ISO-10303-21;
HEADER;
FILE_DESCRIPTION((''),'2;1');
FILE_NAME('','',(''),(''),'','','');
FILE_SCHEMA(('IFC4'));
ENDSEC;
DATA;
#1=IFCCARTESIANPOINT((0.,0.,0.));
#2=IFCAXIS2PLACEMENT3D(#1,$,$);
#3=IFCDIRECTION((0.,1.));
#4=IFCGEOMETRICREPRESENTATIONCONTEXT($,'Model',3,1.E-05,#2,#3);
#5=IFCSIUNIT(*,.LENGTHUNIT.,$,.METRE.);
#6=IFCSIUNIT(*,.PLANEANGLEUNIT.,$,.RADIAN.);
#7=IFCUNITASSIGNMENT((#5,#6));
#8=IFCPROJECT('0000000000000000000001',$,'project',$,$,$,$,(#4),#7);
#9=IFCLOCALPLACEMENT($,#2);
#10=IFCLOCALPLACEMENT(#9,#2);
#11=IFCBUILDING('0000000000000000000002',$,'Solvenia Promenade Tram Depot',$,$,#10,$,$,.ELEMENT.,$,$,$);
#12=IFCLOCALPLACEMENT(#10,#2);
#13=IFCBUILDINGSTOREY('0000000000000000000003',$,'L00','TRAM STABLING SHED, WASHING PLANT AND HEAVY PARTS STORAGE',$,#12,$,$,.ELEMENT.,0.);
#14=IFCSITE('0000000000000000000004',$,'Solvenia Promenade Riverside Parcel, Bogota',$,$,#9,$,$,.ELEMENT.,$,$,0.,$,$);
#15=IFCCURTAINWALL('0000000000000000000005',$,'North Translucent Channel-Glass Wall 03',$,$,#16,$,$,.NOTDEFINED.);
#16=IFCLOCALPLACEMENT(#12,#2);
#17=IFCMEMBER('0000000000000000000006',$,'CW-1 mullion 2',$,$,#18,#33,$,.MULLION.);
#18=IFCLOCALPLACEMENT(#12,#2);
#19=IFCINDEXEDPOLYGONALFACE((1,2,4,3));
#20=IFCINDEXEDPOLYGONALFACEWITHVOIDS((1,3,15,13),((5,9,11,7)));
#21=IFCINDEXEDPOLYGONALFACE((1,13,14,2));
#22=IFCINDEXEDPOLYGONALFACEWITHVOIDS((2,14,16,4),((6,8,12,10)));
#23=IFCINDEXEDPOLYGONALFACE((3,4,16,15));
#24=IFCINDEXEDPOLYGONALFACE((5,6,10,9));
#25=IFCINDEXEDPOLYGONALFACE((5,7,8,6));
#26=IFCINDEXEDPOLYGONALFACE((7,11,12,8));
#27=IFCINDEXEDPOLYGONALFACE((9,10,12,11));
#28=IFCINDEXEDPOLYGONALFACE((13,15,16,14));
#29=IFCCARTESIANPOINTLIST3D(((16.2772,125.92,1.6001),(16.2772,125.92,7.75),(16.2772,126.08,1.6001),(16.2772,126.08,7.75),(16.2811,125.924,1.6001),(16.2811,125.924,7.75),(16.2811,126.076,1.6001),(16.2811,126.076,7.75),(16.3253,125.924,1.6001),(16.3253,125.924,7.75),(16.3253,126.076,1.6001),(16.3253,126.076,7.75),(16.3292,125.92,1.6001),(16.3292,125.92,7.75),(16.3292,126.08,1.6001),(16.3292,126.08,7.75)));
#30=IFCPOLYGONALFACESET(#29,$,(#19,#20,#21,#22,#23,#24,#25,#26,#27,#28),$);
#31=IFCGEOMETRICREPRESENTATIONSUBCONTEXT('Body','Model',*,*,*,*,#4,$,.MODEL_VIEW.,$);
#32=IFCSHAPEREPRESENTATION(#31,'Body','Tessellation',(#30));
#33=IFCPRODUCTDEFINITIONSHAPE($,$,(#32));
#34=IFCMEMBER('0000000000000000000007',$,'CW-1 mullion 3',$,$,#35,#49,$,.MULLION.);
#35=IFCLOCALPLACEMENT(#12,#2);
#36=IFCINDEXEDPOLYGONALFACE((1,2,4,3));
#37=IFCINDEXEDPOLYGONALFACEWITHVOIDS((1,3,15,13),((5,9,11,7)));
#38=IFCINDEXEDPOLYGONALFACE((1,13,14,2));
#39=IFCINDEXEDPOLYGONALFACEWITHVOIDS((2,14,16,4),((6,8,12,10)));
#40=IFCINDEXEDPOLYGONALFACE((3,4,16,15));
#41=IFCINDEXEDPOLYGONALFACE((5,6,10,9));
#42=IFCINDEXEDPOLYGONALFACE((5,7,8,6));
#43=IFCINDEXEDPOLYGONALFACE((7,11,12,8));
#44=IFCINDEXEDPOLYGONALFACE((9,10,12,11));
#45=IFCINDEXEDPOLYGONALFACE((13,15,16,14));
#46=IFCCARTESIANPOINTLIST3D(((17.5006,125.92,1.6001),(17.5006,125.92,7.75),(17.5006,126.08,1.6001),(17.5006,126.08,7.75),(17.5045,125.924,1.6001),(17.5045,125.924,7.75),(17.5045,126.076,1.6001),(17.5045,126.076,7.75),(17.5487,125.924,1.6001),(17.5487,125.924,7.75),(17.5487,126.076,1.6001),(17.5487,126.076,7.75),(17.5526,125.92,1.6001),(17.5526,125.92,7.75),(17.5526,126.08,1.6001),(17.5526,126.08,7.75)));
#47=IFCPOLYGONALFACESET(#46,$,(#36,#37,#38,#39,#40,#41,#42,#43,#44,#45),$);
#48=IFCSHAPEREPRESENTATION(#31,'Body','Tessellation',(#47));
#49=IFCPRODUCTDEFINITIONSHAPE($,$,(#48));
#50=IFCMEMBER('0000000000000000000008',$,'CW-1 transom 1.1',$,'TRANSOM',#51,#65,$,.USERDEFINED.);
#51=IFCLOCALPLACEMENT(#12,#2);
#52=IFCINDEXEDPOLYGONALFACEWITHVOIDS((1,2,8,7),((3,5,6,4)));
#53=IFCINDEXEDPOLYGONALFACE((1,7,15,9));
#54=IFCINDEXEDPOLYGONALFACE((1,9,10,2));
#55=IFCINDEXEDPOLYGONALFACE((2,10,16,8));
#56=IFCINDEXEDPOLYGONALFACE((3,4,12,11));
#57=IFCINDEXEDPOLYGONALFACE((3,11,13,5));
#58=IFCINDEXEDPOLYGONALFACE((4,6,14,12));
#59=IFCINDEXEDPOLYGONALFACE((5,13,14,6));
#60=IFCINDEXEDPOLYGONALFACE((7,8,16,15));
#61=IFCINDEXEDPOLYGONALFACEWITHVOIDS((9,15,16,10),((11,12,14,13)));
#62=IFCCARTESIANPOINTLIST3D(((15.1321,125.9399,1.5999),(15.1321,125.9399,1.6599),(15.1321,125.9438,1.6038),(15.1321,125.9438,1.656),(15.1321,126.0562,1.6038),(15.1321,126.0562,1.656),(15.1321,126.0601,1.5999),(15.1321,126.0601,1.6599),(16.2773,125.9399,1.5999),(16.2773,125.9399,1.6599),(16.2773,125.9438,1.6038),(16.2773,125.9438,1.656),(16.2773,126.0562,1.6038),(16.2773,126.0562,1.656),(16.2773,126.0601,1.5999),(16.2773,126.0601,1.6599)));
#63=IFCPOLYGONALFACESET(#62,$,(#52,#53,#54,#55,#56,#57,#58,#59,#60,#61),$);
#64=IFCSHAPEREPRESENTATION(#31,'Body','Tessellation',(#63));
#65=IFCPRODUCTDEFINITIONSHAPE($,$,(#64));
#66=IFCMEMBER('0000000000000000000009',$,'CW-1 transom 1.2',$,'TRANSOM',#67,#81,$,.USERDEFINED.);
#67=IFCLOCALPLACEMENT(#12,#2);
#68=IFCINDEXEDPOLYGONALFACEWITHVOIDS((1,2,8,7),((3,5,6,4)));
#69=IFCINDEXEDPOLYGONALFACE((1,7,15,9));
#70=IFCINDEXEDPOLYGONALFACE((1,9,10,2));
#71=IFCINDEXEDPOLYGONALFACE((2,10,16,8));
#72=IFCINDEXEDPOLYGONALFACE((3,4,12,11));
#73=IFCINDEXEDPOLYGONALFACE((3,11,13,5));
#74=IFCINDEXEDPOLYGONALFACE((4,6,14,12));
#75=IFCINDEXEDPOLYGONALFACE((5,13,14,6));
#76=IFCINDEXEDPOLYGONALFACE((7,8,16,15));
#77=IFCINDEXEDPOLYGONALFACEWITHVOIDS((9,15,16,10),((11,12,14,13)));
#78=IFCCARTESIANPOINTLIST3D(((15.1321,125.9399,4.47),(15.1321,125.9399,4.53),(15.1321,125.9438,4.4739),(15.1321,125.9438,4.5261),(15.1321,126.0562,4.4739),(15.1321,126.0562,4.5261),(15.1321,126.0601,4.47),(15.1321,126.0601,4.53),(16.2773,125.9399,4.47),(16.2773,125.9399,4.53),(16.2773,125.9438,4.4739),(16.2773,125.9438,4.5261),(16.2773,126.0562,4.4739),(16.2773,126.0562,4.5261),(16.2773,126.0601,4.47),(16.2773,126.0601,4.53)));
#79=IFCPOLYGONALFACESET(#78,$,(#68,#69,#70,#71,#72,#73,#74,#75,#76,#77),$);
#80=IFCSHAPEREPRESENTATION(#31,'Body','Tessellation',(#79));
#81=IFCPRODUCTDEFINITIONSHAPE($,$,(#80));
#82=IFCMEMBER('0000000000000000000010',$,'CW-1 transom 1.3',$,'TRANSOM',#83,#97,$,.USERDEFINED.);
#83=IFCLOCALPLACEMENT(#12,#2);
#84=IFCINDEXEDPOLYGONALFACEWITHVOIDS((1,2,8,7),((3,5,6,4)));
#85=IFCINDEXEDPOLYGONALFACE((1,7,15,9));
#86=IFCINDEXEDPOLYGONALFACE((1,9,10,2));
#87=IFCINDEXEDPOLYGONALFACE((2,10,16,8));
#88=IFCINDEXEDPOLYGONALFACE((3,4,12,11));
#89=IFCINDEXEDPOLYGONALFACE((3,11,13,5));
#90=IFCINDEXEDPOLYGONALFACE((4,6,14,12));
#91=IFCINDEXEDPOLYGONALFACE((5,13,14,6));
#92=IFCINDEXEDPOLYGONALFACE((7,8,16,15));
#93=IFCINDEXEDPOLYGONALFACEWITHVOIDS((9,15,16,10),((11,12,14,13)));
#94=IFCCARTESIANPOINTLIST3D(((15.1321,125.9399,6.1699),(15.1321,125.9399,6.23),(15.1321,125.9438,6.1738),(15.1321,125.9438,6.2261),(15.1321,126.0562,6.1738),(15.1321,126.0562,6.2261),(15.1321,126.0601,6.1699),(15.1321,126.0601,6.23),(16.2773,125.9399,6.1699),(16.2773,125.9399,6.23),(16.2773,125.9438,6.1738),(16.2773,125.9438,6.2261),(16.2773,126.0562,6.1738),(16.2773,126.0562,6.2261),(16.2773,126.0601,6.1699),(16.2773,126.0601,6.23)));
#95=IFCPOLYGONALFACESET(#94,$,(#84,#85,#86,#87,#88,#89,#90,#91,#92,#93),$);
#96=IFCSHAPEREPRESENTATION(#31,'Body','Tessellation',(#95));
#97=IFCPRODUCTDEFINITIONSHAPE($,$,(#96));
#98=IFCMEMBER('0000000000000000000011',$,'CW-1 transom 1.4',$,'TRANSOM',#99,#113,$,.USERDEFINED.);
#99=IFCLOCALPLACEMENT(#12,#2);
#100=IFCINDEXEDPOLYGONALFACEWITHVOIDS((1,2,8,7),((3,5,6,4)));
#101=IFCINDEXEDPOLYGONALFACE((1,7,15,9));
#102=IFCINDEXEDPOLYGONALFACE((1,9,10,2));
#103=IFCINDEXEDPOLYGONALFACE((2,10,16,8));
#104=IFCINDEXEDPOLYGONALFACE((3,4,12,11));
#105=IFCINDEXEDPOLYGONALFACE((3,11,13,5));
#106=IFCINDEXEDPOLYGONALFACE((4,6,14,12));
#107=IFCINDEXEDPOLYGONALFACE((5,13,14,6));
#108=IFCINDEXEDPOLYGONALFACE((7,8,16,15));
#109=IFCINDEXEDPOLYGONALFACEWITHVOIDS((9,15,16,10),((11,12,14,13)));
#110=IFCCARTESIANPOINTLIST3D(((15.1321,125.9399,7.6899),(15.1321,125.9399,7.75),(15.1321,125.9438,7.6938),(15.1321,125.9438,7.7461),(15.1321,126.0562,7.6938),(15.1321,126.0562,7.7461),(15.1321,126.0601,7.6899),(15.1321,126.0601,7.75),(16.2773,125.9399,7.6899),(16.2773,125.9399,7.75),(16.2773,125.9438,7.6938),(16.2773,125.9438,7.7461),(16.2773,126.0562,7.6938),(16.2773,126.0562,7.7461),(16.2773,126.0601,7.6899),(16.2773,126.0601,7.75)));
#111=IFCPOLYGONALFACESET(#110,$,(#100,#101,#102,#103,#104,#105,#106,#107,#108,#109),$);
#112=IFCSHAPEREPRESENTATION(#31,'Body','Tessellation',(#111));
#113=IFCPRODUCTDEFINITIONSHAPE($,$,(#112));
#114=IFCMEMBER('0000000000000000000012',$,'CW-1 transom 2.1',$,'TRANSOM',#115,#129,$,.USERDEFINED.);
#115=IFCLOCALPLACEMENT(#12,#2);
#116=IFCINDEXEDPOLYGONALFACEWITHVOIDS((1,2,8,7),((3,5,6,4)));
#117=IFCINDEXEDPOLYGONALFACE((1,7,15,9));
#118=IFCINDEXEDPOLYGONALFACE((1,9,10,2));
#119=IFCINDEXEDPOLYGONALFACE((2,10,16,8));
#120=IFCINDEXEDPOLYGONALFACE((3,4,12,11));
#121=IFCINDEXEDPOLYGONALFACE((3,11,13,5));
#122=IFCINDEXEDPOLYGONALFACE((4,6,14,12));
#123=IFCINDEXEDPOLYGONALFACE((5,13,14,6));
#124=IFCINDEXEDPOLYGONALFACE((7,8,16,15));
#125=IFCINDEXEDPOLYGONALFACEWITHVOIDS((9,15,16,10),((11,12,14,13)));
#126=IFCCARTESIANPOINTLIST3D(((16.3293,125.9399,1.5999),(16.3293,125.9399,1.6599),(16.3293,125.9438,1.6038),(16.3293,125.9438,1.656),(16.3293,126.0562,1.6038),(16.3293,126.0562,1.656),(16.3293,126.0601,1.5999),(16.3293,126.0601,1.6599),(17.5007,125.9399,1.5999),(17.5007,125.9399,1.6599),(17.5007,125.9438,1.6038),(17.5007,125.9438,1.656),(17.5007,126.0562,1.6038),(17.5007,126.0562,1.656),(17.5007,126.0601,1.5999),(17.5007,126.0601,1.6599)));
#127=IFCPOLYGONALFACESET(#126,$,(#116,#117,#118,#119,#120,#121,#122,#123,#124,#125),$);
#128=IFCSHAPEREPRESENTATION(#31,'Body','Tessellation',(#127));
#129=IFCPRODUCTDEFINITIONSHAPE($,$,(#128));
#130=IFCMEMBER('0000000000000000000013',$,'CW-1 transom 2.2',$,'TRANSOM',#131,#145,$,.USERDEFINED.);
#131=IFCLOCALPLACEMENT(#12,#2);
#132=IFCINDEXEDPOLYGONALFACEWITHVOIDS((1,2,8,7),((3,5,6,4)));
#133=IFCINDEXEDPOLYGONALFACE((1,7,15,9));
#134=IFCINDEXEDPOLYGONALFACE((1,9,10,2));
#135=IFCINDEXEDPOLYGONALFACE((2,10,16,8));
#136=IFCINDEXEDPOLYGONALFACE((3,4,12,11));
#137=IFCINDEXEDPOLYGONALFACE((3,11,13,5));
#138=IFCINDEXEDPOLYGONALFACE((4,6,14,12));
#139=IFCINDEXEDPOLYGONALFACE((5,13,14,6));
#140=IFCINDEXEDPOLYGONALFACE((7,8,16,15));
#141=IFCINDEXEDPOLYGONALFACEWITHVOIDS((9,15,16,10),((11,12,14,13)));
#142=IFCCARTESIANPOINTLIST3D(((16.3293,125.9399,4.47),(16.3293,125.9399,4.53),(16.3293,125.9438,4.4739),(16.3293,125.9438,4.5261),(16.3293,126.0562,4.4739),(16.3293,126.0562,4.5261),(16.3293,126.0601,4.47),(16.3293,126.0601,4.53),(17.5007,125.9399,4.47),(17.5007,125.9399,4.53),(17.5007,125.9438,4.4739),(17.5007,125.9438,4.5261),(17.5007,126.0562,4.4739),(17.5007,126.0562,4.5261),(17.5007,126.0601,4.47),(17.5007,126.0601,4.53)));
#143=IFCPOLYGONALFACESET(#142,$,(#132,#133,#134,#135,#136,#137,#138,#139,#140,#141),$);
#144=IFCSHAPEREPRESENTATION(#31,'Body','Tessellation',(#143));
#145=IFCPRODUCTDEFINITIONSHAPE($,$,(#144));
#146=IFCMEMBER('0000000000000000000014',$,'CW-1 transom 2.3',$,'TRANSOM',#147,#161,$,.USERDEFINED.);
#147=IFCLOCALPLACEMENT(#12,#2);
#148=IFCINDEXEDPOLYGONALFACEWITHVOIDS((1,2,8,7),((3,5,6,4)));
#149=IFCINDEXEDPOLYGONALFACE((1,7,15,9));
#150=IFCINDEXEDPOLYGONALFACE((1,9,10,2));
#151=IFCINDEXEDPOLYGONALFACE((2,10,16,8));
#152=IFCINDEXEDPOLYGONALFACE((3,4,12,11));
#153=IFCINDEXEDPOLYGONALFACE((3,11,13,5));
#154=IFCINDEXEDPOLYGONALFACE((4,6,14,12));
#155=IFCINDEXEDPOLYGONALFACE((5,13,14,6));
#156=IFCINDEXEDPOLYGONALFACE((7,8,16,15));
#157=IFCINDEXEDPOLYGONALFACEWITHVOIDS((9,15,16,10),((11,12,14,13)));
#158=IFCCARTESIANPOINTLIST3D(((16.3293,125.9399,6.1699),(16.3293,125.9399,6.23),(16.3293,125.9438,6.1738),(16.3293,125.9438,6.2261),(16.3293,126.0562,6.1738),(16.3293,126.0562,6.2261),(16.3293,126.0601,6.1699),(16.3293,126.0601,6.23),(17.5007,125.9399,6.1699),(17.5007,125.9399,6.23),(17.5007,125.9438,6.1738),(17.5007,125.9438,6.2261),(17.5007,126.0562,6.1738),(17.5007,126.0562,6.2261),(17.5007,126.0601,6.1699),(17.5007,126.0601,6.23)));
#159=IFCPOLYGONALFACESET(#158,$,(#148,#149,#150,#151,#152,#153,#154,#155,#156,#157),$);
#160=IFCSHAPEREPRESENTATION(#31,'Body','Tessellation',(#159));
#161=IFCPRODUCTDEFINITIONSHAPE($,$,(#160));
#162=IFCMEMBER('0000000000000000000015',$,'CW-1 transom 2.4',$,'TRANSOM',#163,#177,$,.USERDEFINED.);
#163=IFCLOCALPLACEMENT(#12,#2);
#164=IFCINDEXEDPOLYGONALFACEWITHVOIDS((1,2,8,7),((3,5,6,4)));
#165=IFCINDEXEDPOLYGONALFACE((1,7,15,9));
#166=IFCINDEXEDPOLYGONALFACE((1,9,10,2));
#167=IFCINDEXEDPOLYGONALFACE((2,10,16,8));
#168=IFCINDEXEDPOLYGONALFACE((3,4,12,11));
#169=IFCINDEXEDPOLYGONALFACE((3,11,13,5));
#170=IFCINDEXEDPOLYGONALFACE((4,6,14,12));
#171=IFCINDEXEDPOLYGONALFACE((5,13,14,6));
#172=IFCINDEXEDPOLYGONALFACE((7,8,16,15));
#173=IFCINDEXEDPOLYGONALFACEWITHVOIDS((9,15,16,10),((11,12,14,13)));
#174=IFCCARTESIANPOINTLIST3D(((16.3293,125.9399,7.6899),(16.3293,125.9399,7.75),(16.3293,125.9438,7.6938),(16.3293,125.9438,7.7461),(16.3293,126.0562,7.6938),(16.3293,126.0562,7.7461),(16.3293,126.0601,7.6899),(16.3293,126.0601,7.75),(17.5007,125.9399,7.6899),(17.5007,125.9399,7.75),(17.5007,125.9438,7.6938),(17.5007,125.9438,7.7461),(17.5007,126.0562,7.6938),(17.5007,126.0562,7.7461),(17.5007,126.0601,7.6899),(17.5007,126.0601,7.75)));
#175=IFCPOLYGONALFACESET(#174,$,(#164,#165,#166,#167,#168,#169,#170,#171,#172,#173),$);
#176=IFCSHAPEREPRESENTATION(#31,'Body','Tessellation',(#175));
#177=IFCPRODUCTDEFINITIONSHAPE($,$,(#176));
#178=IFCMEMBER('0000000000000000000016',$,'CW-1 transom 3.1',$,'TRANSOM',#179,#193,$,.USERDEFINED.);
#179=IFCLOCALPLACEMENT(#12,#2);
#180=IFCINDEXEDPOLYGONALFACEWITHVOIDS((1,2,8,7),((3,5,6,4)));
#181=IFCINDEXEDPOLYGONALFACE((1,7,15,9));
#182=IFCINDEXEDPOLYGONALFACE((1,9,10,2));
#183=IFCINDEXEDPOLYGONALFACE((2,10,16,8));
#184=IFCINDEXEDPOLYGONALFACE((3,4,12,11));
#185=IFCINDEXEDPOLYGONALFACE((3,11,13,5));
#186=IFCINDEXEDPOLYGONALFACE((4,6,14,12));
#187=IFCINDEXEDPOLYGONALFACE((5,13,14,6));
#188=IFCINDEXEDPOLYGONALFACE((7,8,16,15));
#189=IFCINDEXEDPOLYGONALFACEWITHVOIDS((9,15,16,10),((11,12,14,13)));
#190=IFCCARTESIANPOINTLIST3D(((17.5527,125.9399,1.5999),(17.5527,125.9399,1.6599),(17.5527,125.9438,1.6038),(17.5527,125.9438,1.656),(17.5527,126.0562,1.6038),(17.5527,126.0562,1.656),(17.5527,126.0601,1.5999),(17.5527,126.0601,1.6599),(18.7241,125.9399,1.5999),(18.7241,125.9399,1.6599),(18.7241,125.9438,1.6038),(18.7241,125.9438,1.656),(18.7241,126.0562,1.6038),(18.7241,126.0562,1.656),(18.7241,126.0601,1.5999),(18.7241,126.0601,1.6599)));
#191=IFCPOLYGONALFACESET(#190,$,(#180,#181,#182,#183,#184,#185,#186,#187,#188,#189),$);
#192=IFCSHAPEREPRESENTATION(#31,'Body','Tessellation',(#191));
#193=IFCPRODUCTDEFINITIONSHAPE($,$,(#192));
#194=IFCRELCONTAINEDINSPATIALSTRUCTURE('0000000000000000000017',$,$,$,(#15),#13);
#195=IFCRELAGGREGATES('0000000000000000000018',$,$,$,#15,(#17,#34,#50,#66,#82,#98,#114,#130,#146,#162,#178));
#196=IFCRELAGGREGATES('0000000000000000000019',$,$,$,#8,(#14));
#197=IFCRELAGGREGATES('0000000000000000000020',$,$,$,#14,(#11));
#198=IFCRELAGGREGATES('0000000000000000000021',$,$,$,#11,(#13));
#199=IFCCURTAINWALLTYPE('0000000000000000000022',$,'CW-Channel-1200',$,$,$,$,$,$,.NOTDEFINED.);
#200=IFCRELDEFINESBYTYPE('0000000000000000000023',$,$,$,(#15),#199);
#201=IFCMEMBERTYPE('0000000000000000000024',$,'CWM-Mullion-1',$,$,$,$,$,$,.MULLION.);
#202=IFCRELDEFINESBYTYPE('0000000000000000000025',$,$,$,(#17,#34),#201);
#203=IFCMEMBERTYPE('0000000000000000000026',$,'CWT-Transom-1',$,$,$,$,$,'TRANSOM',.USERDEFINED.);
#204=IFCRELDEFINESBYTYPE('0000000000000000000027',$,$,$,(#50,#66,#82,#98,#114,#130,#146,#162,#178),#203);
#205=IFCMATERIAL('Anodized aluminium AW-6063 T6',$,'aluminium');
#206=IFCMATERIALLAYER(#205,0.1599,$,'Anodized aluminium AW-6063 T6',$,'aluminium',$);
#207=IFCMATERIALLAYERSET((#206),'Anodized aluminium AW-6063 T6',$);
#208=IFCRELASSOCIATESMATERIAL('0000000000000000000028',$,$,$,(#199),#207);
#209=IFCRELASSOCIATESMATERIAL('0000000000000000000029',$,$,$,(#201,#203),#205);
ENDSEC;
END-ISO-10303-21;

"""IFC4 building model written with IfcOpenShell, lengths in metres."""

from ifc_helpers import new_model, si_unit, direction, frame, origin, origin_2d, place, context, subcontext, project, spatial, hollow_rectangle, extrude, material, layer, layer_set, material_profile, profile_set, type_object, element, aggregate, save


model = new_model("IFC4")

# Units and contexts
model_context = context("Model", 3, precision=1e-05, world=origin(), true_north=direction((0.0, 1.0)))
body_context = subcontext(model_context, "Body", "Model", "MODEL_VIEW")
ifc_project = project(units=[si_unit("LENGTHUNIT", "METRE"), si_unit("PLANEANGLEUNIT", "RADIAN")], contexts=[model_context])

# Site, building, storey
site_placement = place(None, origin())
site = spatial("IfcSite", under=ifc_project, at=site_placement, Name="Solvenia Promenade Riverside Parcel, Bogota", CompositionType="ELEMENT", RefElevation=0.0)
building_placement = place(site_placement, origin())
building = spatial("IfcBuilding", under=site, at=building_placement, Name="Solvenia Promenade Tram Depot", CompositionType="ELEMENT")
storey_placement = place(building_placement, origin())
storey = spatial("IfcBuildingStorey", under=building, at=storey_placement, Name="L00", Description="TRAM STABLING SHED, WASHING PLANT AND HEAVY PARTS STORAGE", CompositionType="ELEMENT", Elevation=0.0)

# Shared definitions
ifc_material_1 = material(Name="Anodized aluminium AW-6063 T6", Category="aluminium")
ifc_layer_1 = layer(ifc_material_1, 0.1599, Name="Anodized aluminium AW-6063 T6", Category="aluminium")
ifc_layer_set_1 = layer_set([ifc_layer_1], Name="Anodized aluminium AW-6063 T6")
curtain_wall_type = type_object("IfcCurtainWallType", Name="CW-Channel-1200", PredefinedType="NOTDEFINED", material=ifc_layer_set_1)
ifc_material_profile_1 = material_profile(ifc_material_1, hollow_rectangle(XDim=0.1599, YDim=0.052, WallThickness=0.0039, at=origin_2d()), Name="ALU-M1", Category="aluminium")
ifc_profile_set_1 = profile_set([ifc_material_profile_1], Name="Anodized aluminium AW-6063 T6")
member_type_1 = type_object("IfcMemberType", Name="CWM-Mullion-1", PredefinedType="MULLION", material=ifc_profile_set_1)

# Curtain wall, members
curtain_wall_1_placement = place(storey_placement, origin())
curtain_wall_1 = element("IfcCurtainWall", 1, at=curtain_wall_1_placement, inside=storey, type_object=curtain_wall_type, Name="North Translucent Channel-Glass Wall 03", PredefinedType="NOTDEFINED")
member_1_placement = place(storey_placement, frame((16.3032, 126.0, 1.6001), z_axis=(0.0, 0.0, 1.0), x_axis=(0.0, 1.0, 0.0)))
member_1 = element("IfcMember", 2, at=member_1_placement, type_object=member_type_1, Name="CW-1 mullion 2", PredefinedType="MULLION", context=body_context, shape_type="SweptSolid", body=[
    extrude(hollow_rectangle(XDim=0.1599, YDim=0.052, WallThickness=0.0039, at=origin_2d()), origin(), (0.0, 0.0, 1.0), 6.1499),
])
member_2_placement = place(storey_placement, frame((17.5266, 126.0, 1.6001), z_axis=(0.0, 0.0, 1.0), x_axis=(0.0, 1.0, 0.0)))
member_2 = element("IfcMember", 3, at=member_2_placement, type_object=member_type_1, Name="CW-1 mullion 3", PredefinedType="MULLION", context=body_context, shape_type="SweptSolid", body=[
    extrude(hollow_rectangle(XDim=0.1599, YDim=0.052, WallThickness=0.0039, at=origin_2d()), origin(), (0.0, 0.0, 1.0), 6.1499),
])
ifc_material_profile_2 = material_profile(ifc_material_1, hollow_rectangle(XDim=0.1201, YDim=0.0601, WallThickness=0.0039, at=origin_2d()), Name="ALU-T1", Category="aluminium")
ifc_profile_set_2 = profile_set([ifc_material_profile_2], Name="Anodized aluminium AW-6063 T6")
member_type_2 = type_object("IfcMemberType", Name="CWT-Transom-1", ElementType="TRANSOM", PredefinedType="USERDEFINED", material=ifc_profile_set_2)
member_3_placement = place(storey_placement, frame((15.1321, 126.0, 1.6299), z_axis=(1.0, 0.0, 0.0), x_axis=(0.0, 1.0, 0.0)))
member_3 = element("IfcMember", 4, at=member_3_placement, type_object=member_type_2, Name="CW-1 transom 1.1", ObjectType="TRANSOM", PredefinedType="USERDEFINED", context=body_context, shape_type="SweptSolid", body=[
    extrude(hollow_rectangle(XDim=0.1201, YDim=0.0601, WallThickness=0.0039, at=origin_2d()), origin(), (0.0, 0.0, 1.0), 1.1453),
])
member_4_placement = place(storey_placement, frame((15.1321, 126.0, 4.5), z_axis=(1.0, 0.0, 0.0), x_axis=(0.0, 1.0, 0.0)))
member_4 = element("IfcMember", 5, at=member_4_placement, type_object=member_type_2, Name="CW-1 transom 1.2", ObjectType="TRANSOM", PredefinedType="USERDEFINED", context=body_context, shape_type="SweptSolid", body=[
    extrude(hollow_rectangle(XDim=0.1201, YDim=0.0601, WallThickness=0.0039, at=origin_2d()), origin(), (0.0, 0.0, 1.0), 1.1453),
])
member_5_placement = place(storey_placement, frame((15.1321, 126.0, 6.2), z_axis=(1.0, 0.0, 0.0), x_axis=(0.0, 1.0, 0.0)))
member_5 = element("IfcMember", 6, at=member_5_placement, type_object=member_type_2, Name="CW-1 transom 1.3", ObjectType="TRANSOM", PredefinedType="USERDEFINED", context=body_context, shape_type="SweptSolid", body=[
    extrude(hollow_rectangle(XDim=0.1201, YDim=0.0601, WallThickness=0.0039, at=origin_2d()), origin(), (0.0, 0.0, 1.0), 1.1453),
])
member_6_placement = place(storey_placement, frame((15.1321, 126.0, 7.72), z_axis=(1.0, 0.0, 0.0), x_axis=(0.0, 1.0, 0.0)))
member_6 = element("IfcMember", 7, at=member_6_placement, type_object=member_type_2, Name="CW-1 transom 1.4", ObjectType="TRANSOM", PredefinedType="USERDEFINED", context=body_context, shape_type="SweptSolid", body=[
    extrude(hollow_rectangle(XDim=0.1201, YDim=0.0601, WallThickness=0.0039, at=origin_2d()), origin(), (0.0, 0.0, 1.0), 1.1453),
])
member_7_placement = place(storey_placement, frame((16.3293, 126.0, 1.6299), z_axis=(1.0, 0.0, 0.0), x_axis=(0.0, 1.0, 0.0)))
member_7 = element("IfcMember", 8, at=member_7_placement, type_object=member_type_2, Name="CW-1 transom 2.1", ObjectType="TRANSOM", PredefinedType="USERDEFINED", context=body_context, shape_type="SweptSolid", body=[
    extrude(hollow_rectangle(XDim=0.1201, YDim=0.0601, WallThickness=0.0039, at=origin_2d()), origin(), (0.0, 0.0, 1.0), 1.1714),
])
member_8_placement = place(storey_placement, frame((16.3293, 126.0, 4.5), z_axis=(1.0, 0.0, 0.0), x_axis=(0.0, 1.0, 0.0)))
member_8 = element("IfcMember", 9, at=member_8_placement, type_object=member_type_2, Name="CW-1 transom 2.2", ObjectType="TRANSOM", PredefinedType="USERDEFINED", context=body_context, shape_type="SweptSolid", body=[
    extrude(hollow_rectangle(XDim=0.1201, YDim=0.0601, WallThickness=0.0039, at=origin_2d()), origin(), (0.0, 0.0, 1.0), 1.1714),
])
member_9_placement = place(storey_placement, frame((16.3293, 126.0, 6.2), z_axis=(1.0, 0.0, 0.0), x_axis=(0.0, 1.0, 0.0)))
member_9 = element("IfcMember", 10, at=member_9_placement, type_object=member_type_2, Name="CW-1 transom 2.3", ObjectType="TRANSOM", PredefinedType="USERDEFINED", context=body_context, shape_type="SweptSolid", body=[
    extrude(hollow_rectangle(XDim=0.1201, YDim=0.0601, WallThickness=0.0039, at=origin_2d()), origin(), (0.0, 0.0, 1.0), 1.1714),
])
member_10_placement = place(storey_placement, frame((16.3293, 126.0, 7.72), z_axis=(1.0, 0.0, 0.0), x_axis=(0.0, 1.0, 0.0)))
member_10 = element("IfcMember", 11, at=member_10_placement, type_object=member_type_2, Name="CW-1 transom 2.4", ObjectType="TRANSOM", PredefinedType="USERDEFINED", context=body_context, shape_type="SweptSolid", body=[
    extrude(hollow_rectangle(XDim=0.1201, YDim=0.0601, WallThickness=0.0039, at=origin_2d()), origin(), (0.0, 0.0, 1.0), 1.1714),
])
member_11_placement = place(storey_placement, frame((17.5527, 126.0, 1.6299), z_axis=(1.0, 0.0, 0.0), x_axis=(0.0, 1.0, 0.0)))
member_11 = element("IfcMember", 12, at=member_11_placement, type_object=member_type_2, Name="CW-1 transom 3.1", ObjectType="TRANSOM", PredefinedType="USERDEFINED", context=body_context, shape_type="SweptSolid", body=[
    extrude(hollow_rectangle(XDim=0.1201, YDim=0.0601, WallThickness=0.0039, at=origin_2d()), origin(), (0.0, 0.0, 1.0), 1.1714),
])

aggregate(curtain_wall_1, [member_1, member_2, member_3, member_4, member_5, member_6, member_7, member_8, member_9, member_10, member_11])

save(model, "model.ifc")
